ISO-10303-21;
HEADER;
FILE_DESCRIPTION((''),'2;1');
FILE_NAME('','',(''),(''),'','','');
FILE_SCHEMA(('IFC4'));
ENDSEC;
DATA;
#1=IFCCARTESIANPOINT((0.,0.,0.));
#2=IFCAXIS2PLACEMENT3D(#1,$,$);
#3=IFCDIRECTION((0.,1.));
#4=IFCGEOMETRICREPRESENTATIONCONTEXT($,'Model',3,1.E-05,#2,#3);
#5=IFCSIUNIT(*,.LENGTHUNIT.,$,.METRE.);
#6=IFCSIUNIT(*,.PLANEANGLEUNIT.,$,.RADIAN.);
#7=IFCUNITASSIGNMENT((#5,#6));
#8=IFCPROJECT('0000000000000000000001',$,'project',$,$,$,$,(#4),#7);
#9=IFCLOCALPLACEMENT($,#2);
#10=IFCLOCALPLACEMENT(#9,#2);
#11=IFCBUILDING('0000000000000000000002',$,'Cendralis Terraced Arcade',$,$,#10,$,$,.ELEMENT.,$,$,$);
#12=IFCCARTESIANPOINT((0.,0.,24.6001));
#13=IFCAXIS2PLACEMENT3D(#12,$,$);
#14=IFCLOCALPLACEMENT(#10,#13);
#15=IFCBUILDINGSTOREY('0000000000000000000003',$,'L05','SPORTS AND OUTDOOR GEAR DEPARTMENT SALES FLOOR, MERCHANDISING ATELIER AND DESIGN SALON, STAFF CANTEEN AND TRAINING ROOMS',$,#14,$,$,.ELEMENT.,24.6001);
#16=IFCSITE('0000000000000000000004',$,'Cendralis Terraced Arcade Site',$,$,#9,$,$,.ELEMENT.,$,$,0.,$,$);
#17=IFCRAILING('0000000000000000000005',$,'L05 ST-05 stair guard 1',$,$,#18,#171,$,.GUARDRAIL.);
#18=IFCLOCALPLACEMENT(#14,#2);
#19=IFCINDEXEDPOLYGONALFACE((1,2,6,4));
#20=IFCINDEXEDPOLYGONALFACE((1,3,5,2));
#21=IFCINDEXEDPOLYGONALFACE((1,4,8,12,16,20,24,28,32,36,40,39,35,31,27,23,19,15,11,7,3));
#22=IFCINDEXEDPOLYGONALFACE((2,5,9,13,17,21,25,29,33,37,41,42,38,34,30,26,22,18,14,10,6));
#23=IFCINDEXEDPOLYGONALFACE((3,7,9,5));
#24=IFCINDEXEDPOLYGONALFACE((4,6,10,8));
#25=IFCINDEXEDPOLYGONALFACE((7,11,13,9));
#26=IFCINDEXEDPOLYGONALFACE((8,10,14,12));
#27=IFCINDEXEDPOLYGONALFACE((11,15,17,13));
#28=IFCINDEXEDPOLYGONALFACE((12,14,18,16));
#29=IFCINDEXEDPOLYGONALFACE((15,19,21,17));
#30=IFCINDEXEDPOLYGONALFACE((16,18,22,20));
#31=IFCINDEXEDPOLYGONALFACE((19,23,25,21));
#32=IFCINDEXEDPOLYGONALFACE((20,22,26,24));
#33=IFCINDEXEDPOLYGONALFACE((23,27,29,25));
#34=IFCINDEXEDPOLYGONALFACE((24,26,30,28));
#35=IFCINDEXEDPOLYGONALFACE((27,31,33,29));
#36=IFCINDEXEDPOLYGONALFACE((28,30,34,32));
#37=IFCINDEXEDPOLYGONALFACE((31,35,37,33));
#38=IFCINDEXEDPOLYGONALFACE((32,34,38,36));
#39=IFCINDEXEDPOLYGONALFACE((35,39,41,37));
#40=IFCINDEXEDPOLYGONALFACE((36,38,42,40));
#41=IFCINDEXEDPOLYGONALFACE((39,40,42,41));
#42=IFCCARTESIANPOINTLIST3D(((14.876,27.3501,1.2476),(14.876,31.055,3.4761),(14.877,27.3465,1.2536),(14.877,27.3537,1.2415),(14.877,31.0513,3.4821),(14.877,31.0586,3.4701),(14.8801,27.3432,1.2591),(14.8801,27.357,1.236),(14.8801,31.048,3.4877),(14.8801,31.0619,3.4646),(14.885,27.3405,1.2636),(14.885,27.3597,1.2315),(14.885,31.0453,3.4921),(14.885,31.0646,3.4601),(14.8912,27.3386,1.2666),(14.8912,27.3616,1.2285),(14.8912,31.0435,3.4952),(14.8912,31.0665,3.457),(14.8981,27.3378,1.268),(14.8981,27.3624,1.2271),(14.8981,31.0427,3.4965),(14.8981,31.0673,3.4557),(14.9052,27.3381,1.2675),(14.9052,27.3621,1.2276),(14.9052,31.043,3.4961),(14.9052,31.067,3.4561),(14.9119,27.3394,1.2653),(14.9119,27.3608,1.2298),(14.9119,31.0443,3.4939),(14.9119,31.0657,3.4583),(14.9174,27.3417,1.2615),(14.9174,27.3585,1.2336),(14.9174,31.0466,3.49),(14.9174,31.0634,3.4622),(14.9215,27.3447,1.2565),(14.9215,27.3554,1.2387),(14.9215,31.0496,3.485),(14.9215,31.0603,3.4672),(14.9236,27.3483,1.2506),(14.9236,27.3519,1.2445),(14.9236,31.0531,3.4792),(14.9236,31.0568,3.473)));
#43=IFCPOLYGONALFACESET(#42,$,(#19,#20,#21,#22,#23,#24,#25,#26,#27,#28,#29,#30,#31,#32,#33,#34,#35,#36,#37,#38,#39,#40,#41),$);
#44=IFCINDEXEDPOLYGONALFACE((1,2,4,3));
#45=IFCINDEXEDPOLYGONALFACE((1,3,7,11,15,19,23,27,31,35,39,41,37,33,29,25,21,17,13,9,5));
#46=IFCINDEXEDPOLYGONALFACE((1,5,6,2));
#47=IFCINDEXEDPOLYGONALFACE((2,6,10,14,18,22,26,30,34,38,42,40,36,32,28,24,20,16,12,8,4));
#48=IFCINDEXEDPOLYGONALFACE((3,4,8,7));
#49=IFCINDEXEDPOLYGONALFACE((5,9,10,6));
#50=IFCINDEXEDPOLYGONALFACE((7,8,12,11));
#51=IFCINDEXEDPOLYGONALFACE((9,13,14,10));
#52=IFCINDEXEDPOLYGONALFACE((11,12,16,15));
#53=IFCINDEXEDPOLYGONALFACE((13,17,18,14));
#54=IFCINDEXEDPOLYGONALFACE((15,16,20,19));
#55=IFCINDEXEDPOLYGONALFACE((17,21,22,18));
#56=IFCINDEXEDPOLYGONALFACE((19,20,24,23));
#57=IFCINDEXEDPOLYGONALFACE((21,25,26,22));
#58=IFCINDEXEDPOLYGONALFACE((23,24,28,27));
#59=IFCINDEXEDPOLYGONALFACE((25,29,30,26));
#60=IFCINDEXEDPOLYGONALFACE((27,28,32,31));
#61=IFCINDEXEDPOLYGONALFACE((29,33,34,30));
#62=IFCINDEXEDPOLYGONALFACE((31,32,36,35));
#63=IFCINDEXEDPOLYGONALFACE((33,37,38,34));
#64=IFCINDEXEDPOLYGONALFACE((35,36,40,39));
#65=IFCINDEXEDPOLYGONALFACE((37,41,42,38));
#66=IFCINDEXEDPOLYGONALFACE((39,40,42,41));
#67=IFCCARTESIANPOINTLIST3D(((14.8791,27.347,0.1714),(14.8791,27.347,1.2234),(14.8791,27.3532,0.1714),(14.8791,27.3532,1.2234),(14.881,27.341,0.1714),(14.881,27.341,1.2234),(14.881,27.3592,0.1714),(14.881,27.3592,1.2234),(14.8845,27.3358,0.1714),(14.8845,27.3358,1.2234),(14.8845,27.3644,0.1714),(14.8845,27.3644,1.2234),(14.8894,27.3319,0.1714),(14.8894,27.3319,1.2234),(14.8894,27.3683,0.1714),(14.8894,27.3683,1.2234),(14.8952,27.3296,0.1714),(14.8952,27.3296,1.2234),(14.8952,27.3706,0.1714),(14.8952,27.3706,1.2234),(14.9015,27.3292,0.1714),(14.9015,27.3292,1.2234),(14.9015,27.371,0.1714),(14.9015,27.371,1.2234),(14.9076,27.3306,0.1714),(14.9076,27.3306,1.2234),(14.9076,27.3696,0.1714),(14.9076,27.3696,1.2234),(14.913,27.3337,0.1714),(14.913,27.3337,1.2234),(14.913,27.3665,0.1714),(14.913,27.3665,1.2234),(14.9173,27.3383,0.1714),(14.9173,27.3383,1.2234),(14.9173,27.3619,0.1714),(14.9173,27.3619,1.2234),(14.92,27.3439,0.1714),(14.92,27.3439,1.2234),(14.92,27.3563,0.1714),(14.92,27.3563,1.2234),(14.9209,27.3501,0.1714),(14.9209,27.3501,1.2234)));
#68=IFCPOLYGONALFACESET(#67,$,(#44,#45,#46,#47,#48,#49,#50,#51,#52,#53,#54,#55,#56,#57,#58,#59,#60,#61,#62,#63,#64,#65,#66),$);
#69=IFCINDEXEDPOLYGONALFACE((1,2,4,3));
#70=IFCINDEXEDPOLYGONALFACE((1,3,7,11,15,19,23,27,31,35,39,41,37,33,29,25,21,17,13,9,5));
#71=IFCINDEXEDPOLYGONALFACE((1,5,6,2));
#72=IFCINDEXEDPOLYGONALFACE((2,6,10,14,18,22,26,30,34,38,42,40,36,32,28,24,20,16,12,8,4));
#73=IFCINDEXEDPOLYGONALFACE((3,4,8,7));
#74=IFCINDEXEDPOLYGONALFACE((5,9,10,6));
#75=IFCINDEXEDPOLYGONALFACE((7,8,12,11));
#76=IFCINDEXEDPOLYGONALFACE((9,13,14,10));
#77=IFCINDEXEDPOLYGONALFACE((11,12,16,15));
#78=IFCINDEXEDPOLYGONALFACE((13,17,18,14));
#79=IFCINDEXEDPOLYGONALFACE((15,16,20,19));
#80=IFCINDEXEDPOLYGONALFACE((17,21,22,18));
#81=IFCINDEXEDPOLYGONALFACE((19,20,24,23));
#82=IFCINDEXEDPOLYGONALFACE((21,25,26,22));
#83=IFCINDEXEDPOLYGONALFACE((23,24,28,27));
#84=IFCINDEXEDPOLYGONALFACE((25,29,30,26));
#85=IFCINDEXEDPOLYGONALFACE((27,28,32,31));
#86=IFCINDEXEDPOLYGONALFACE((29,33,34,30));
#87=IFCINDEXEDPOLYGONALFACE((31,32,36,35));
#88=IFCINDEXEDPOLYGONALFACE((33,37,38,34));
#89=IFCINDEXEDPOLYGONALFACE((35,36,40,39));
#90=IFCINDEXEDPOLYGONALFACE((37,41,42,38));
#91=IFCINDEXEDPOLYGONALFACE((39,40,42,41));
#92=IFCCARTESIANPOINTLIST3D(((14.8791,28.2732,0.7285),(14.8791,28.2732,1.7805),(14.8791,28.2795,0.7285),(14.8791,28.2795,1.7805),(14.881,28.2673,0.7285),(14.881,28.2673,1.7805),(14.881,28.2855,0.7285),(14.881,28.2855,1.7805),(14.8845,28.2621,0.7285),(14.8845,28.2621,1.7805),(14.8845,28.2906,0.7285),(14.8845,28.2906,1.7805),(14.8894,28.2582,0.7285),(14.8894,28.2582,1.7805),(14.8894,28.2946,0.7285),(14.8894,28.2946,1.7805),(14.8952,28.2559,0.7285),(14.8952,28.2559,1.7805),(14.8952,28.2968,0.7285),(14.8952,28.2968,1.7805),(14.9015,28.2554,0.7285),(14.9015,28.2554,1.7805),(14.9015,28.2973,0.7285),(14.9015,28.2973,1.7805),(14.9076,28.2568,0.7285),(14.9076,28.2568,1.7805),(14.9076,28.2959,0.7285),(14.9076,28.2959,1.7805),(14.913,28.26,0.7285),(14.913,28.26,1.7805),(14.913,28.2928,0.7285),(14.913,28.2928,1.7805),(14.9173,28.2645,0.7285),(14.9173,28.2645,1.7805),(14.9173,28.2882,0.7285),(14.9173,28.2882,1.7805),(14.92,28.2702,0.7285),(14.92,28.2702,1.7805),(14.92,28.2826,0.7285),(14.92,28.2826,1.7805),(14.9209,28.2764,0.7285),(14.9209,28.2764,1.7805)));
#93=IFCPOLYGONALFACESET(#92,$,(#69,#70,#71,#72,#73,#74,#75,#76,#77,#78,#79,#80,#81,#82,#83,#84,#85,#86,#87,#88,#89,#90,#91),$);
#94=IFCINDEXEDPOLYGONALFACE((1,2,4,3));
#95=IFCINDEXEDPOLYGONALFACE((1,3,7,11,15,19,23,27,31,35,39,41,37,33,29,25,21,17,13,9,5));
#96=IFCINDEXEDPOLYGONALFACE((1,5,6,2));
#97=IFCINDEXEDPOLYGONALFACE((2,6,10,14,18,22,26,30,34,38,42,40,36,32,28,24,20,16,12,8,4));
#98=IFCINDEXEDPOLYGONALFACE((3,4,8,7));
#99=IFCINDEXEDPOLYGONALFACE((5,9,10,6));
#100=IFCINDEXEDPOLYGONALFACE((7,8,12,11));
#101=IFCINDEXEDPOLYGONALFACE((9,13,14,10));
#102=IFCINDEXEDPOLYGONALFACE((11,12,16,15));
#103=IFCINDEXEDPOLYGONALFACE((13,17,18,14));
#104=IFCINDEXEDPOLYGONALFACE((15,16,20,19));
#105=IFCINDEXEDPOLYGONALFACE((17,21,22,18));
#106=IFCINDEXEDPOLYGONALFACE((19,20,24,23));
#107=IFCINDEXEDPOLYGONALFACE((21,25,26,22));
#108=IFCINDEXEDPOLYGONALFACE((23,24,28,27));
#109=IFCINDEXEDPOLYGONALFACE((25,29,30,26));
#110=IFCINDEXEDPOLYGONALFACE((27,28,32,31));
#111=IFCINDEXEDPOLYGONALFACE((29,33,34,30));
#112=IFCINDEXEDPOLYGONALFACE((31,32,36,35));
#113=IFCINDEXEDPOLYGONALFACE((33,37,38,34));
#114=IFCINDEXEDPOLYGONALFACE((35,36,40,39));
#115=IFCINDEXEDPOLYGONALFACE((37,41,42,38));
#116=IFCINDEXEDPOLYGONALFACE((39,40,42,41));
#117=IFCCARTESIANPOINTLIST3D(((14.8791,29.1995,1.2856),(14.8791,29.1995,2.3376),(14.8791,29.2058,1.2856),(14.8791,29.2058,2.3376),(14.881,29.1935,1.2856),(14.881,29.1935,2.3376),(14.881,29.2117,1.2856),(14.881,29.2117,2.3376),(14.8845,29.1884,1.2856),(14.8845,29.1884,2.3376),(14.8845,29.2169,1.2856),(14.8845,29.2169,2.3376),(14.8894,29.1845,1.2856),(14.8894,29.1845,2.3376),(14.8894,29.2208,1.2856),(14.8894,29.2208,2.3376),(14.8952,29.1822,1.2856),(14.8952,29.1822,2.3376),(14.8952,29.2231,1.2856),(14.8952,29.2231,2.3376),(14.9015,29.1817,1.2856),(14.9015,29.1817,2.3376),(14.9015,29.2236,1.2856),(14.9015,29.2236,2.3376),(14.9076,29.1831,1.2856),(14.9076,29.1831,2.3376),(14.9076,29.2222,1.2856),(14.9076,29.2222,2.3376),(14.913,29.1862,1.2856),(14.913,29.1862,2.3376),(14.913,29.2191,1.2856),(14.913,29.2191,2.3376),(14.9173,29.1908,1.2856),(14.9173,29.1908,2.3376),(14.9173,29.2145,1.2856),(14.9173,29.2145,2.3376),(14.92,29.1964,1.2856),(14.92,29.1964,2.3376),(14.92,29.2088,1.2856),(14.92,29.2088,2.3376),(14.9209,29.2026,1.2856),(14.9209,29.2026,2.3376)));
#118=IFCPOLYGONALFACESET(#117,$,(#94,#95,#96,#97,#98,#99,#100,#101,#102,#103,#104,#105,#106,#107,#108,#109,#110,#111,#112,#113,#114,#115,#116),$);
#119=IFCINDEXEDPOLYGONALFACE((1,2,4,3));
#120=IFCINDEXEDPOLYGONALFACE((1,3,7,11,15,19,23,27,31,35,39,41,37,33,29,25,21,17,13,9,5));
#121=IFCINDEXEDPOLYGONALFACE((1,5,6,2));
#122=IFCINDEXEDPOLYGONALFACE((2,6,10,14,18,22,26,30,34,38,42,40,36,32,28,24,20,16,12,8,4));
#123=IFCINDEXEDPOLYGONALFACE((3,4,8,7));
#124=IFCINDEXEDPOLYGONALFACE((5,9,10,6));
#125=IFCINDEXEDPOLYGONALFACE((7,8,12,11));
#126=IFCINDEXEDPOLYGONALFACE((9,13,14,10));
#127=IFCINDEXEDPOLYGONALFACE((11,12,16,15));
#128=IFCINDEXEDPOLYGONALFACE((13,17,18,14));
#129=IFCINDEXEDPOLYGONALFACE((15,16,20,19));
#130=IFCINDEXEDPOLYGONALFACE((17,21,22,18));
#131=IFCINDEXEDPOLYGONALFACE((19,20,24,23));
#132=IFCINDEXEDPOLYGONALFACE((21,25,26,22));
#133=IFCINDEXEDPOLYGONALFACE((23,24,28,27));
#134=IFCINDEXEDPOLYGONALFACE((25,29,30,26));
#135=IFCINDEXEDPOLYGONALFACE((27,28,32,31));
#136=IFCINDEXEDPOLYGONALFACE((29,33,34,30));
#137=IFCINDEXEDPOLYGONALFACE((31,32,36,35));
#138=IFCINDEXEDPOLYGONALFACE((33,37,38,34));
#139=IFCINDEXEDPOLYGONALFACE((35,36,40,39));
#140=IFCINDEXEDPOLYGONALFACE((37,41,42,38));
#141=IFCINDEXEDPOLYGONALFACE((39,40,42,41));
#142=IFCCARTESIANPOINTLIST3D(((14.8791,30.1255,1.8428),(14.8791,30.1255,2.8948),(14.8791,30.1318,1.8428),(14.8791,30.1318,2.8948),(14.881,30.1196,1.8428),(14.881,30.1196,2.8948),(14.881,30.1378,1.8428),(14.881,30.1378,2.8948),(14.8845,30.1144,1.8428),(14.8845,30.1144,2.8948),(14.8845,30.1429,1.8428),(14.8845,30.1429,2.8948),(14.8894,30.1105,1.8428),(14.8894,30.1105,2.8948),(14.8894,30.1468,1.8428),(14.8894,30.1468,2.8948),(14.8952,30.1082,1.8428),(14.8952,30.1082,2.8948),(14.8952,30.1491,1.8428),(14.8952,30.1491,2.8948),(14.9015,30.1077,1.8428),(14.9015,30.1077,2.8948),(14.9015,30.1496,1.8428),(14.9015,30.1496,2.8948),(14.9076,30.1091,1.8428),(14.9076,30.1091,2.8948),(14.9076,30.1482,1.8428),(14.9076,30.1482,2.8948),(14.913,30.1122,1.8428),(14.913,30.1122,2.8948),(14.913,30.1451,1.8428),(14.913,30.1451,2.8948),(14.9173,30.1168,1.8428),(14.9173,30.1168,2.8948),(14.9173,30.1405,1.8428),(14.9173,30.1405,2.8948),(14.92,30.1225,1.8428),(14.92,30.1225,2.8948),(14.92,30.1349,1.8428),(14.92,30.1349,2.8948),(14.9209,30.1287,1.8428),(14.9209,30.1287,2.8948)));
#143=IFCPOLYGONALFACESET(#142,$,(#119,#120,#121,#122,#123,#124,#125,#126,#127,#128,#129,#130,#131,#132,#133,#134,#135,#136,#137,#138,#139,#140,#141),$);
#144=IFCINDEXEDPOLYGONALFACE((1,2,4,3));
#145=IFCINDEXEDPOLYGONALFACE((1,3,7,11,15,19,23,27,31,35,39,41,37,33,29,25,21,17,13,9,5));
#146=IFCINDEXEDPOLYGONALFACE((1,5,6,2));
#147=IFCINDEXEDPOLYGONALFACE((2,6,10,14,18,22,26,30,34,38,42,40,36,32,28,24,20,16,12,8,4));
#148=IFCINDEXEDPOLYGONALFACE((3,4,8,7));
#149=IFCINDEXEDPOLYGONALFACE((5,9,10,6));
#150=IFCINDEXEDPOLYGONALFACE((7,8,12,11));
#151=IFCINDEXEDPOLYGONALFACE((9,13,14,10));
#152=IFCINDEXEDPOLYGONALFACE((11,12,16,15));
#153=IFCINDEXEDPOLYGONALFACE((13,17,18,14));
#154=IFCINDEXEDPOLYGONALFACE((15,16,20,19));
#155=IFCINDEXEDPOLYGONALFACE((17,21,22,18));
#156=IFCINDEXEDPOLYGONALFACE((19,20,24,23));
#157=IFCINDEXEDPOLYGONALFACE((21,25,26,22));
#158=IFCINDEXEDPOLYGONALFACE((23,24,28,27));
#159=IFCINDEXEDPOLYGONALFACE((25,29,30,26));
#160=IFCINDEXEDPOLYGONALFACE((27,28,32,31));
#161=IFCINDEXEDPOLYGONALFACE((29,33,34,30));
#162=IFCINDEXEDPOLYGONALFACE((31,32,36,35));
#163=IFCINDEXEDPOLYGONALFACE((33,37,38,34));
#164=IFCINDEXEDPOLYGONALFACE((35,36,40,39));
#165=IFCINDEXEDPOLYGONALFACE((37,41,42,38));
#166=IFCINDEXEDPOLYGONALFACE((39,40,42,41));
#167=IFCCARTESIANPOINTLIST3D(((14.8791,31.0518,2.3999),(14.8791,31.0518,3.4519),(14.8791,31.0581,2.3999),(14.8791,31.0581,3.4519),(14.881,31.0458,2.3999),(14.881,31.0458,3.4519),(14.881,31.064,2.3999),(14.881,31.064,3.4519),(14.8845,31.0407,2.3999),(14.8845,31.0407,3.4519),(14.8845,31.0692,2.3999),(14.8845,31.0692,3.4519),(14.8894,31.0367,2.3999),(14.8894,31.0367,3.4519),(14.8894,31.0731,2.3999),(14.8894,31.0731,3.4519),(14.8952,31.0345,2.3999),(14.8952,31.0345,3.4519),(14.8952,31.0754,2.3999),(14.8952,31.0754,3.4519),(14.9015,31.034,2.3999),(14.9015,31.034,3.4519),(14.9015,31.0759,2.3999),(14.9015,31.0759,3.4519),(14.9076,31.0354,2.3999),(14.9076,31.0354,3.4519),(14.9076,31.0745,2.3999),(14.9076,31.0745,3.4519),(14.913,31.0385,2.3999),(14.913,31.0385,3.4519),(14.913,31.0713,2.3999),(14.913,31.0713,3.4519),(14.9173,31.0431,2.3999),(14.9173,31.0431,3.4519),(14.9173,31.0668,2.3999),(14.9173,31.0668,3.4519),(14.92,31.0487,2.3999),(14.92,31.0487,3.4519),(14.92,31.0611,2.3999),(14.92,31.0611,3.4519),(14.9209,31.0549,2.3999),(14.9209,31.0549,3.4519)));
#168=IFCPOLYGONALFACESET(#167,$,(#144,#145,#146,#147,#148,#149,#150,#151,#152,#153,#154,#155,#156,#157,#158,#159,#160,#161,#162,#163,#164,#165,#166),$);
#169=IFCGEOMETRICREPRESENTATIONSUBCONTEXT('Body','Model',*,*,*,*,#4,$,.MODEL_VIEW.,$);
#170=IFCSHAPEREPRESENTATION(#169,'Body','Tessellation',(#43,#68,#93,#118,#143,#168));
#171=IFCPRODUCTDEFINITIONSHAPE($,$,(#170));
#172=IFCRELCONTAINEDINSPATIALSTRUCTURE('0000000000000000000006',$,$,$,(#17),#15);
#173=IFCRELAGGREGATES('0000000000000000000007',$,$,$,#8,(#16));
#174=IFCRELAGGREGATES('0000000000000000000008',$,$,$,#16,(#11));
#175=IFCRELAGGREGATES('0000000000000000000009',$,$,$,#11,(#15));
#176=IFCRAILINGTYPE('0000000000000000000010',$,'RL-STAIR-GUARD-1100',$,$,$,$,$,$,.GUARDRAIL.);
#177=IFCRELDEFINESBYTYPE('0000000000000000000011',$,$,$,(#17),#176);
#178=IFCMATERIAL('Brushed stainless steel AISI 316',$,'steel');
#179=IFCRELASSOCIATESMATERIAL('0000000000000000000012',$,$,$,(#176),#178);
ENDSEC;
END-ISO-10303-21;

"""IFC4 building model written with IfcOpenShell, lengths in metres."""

from ifc_helpers import new_model, si_unit, direction, frame, origin, origin_2d, place, context, subcontext, project, spatial, circle, extrude, material, type_object, element, save


model = new_model("IFC4")

# Units and contexts
model_context = context("Model", 3, precision=1e-05, world=origin(), true_north=direction((0.0, 1.0)))
body_context = subcontext(model_context, "Body", "Model", "MODEL_VIEW")
ifc_project = project(units=[si_unit("LENGTHUNIT", "METRE"), si_unit("PLANEANGLEUNIT", "RADIAN")], contexts=[model_context])

# Site, building, storey
site_placement = place(None, origin())
site = spatial("IfcSite", under=ifc_project, at=site_placement, Name="Cendralis Terraced Arcade Site", CompositionType="ELEMENT", RefElevation=0.0)
building_placement = place(site_placement, origin())
building = spatial("IfcBuilding", under=site, at=building_placement, Name="Cendralis Terraced Arcade", CompositionType="ELEMENT")
storey_placement = place(building_placement, frame((0.0, 0.0, 24.6001)))
storey = spatial("IfcBuildingStorey", under=building, at=storey_placement, Name="L05", Description="SPORTS AND OUTDOOR GEAR DEPARTMENT SALES FLOOR, MERCHANDISING ATELIER AND DESIGN SALON, STAFF CANTEEN AND TRAINING ROOMS", CompositionType="ELEMENT", Elevation=24.6001)

# Railing
ifc_material_1 = material(Name="Brushed stainless steel AISI 316", Category="steel")
railing_type_1 = type_object("IfcRailingType", Name="RL-STAIR-GUARD-1100", PredefinedType="GUARDRAIL", material=ifc_material_1)
railing_1_placement = place(storey_placement, frame((14.8999, 27.3501, 0.1714)))
element("IfcRailing", 1, at=railing_1_placement, inside=storey, type_object=railing_type_1, Name="L05 ST-05 stair guard 1", PredefinedType="GUARDRAIL", context=body_context, shape_type="SweptSolid", body=[
    extrude(circle(Radius=0.0239, at=origin_2d()), frame((0.0, 0.0, 1.0762), z_axis=(0.0, 0.856919, 0.51545), x_axis=(-1.0, 0.0, 0.0)), (0.0, 0.0, 1.0), 4.3235),
    extrude(circle(Radius=0.021, at=origin_2d()), origin(), (0.0, 0.0, 1.0), 1.052),
    extrude(circle(Radius=0.021, at=origin_2d()), frame((0.0, 0.9263, 0.5571)), (0.0, 0.0, 1.0), 1.052),
    extrude(circle(Radius=0.021, at=origin_2d()), frame((0.0, 1.8525, 1.1143)), (0.0, 0.0, 1.0), 1.052),
    extrude(circle(Radius=0.021, at=origin_2d()), frame((0.0, 2.7786, 1.6714)), (0.0, 0.0, 1.0), 1.052),
    extrude(circle(Radius=0.021, at=origin_2d()), frame((0.0, 3.7048, 2.2285)), (0.0, 0.0, 1.0), 1.052),
])

save(model, "model.ifc")
